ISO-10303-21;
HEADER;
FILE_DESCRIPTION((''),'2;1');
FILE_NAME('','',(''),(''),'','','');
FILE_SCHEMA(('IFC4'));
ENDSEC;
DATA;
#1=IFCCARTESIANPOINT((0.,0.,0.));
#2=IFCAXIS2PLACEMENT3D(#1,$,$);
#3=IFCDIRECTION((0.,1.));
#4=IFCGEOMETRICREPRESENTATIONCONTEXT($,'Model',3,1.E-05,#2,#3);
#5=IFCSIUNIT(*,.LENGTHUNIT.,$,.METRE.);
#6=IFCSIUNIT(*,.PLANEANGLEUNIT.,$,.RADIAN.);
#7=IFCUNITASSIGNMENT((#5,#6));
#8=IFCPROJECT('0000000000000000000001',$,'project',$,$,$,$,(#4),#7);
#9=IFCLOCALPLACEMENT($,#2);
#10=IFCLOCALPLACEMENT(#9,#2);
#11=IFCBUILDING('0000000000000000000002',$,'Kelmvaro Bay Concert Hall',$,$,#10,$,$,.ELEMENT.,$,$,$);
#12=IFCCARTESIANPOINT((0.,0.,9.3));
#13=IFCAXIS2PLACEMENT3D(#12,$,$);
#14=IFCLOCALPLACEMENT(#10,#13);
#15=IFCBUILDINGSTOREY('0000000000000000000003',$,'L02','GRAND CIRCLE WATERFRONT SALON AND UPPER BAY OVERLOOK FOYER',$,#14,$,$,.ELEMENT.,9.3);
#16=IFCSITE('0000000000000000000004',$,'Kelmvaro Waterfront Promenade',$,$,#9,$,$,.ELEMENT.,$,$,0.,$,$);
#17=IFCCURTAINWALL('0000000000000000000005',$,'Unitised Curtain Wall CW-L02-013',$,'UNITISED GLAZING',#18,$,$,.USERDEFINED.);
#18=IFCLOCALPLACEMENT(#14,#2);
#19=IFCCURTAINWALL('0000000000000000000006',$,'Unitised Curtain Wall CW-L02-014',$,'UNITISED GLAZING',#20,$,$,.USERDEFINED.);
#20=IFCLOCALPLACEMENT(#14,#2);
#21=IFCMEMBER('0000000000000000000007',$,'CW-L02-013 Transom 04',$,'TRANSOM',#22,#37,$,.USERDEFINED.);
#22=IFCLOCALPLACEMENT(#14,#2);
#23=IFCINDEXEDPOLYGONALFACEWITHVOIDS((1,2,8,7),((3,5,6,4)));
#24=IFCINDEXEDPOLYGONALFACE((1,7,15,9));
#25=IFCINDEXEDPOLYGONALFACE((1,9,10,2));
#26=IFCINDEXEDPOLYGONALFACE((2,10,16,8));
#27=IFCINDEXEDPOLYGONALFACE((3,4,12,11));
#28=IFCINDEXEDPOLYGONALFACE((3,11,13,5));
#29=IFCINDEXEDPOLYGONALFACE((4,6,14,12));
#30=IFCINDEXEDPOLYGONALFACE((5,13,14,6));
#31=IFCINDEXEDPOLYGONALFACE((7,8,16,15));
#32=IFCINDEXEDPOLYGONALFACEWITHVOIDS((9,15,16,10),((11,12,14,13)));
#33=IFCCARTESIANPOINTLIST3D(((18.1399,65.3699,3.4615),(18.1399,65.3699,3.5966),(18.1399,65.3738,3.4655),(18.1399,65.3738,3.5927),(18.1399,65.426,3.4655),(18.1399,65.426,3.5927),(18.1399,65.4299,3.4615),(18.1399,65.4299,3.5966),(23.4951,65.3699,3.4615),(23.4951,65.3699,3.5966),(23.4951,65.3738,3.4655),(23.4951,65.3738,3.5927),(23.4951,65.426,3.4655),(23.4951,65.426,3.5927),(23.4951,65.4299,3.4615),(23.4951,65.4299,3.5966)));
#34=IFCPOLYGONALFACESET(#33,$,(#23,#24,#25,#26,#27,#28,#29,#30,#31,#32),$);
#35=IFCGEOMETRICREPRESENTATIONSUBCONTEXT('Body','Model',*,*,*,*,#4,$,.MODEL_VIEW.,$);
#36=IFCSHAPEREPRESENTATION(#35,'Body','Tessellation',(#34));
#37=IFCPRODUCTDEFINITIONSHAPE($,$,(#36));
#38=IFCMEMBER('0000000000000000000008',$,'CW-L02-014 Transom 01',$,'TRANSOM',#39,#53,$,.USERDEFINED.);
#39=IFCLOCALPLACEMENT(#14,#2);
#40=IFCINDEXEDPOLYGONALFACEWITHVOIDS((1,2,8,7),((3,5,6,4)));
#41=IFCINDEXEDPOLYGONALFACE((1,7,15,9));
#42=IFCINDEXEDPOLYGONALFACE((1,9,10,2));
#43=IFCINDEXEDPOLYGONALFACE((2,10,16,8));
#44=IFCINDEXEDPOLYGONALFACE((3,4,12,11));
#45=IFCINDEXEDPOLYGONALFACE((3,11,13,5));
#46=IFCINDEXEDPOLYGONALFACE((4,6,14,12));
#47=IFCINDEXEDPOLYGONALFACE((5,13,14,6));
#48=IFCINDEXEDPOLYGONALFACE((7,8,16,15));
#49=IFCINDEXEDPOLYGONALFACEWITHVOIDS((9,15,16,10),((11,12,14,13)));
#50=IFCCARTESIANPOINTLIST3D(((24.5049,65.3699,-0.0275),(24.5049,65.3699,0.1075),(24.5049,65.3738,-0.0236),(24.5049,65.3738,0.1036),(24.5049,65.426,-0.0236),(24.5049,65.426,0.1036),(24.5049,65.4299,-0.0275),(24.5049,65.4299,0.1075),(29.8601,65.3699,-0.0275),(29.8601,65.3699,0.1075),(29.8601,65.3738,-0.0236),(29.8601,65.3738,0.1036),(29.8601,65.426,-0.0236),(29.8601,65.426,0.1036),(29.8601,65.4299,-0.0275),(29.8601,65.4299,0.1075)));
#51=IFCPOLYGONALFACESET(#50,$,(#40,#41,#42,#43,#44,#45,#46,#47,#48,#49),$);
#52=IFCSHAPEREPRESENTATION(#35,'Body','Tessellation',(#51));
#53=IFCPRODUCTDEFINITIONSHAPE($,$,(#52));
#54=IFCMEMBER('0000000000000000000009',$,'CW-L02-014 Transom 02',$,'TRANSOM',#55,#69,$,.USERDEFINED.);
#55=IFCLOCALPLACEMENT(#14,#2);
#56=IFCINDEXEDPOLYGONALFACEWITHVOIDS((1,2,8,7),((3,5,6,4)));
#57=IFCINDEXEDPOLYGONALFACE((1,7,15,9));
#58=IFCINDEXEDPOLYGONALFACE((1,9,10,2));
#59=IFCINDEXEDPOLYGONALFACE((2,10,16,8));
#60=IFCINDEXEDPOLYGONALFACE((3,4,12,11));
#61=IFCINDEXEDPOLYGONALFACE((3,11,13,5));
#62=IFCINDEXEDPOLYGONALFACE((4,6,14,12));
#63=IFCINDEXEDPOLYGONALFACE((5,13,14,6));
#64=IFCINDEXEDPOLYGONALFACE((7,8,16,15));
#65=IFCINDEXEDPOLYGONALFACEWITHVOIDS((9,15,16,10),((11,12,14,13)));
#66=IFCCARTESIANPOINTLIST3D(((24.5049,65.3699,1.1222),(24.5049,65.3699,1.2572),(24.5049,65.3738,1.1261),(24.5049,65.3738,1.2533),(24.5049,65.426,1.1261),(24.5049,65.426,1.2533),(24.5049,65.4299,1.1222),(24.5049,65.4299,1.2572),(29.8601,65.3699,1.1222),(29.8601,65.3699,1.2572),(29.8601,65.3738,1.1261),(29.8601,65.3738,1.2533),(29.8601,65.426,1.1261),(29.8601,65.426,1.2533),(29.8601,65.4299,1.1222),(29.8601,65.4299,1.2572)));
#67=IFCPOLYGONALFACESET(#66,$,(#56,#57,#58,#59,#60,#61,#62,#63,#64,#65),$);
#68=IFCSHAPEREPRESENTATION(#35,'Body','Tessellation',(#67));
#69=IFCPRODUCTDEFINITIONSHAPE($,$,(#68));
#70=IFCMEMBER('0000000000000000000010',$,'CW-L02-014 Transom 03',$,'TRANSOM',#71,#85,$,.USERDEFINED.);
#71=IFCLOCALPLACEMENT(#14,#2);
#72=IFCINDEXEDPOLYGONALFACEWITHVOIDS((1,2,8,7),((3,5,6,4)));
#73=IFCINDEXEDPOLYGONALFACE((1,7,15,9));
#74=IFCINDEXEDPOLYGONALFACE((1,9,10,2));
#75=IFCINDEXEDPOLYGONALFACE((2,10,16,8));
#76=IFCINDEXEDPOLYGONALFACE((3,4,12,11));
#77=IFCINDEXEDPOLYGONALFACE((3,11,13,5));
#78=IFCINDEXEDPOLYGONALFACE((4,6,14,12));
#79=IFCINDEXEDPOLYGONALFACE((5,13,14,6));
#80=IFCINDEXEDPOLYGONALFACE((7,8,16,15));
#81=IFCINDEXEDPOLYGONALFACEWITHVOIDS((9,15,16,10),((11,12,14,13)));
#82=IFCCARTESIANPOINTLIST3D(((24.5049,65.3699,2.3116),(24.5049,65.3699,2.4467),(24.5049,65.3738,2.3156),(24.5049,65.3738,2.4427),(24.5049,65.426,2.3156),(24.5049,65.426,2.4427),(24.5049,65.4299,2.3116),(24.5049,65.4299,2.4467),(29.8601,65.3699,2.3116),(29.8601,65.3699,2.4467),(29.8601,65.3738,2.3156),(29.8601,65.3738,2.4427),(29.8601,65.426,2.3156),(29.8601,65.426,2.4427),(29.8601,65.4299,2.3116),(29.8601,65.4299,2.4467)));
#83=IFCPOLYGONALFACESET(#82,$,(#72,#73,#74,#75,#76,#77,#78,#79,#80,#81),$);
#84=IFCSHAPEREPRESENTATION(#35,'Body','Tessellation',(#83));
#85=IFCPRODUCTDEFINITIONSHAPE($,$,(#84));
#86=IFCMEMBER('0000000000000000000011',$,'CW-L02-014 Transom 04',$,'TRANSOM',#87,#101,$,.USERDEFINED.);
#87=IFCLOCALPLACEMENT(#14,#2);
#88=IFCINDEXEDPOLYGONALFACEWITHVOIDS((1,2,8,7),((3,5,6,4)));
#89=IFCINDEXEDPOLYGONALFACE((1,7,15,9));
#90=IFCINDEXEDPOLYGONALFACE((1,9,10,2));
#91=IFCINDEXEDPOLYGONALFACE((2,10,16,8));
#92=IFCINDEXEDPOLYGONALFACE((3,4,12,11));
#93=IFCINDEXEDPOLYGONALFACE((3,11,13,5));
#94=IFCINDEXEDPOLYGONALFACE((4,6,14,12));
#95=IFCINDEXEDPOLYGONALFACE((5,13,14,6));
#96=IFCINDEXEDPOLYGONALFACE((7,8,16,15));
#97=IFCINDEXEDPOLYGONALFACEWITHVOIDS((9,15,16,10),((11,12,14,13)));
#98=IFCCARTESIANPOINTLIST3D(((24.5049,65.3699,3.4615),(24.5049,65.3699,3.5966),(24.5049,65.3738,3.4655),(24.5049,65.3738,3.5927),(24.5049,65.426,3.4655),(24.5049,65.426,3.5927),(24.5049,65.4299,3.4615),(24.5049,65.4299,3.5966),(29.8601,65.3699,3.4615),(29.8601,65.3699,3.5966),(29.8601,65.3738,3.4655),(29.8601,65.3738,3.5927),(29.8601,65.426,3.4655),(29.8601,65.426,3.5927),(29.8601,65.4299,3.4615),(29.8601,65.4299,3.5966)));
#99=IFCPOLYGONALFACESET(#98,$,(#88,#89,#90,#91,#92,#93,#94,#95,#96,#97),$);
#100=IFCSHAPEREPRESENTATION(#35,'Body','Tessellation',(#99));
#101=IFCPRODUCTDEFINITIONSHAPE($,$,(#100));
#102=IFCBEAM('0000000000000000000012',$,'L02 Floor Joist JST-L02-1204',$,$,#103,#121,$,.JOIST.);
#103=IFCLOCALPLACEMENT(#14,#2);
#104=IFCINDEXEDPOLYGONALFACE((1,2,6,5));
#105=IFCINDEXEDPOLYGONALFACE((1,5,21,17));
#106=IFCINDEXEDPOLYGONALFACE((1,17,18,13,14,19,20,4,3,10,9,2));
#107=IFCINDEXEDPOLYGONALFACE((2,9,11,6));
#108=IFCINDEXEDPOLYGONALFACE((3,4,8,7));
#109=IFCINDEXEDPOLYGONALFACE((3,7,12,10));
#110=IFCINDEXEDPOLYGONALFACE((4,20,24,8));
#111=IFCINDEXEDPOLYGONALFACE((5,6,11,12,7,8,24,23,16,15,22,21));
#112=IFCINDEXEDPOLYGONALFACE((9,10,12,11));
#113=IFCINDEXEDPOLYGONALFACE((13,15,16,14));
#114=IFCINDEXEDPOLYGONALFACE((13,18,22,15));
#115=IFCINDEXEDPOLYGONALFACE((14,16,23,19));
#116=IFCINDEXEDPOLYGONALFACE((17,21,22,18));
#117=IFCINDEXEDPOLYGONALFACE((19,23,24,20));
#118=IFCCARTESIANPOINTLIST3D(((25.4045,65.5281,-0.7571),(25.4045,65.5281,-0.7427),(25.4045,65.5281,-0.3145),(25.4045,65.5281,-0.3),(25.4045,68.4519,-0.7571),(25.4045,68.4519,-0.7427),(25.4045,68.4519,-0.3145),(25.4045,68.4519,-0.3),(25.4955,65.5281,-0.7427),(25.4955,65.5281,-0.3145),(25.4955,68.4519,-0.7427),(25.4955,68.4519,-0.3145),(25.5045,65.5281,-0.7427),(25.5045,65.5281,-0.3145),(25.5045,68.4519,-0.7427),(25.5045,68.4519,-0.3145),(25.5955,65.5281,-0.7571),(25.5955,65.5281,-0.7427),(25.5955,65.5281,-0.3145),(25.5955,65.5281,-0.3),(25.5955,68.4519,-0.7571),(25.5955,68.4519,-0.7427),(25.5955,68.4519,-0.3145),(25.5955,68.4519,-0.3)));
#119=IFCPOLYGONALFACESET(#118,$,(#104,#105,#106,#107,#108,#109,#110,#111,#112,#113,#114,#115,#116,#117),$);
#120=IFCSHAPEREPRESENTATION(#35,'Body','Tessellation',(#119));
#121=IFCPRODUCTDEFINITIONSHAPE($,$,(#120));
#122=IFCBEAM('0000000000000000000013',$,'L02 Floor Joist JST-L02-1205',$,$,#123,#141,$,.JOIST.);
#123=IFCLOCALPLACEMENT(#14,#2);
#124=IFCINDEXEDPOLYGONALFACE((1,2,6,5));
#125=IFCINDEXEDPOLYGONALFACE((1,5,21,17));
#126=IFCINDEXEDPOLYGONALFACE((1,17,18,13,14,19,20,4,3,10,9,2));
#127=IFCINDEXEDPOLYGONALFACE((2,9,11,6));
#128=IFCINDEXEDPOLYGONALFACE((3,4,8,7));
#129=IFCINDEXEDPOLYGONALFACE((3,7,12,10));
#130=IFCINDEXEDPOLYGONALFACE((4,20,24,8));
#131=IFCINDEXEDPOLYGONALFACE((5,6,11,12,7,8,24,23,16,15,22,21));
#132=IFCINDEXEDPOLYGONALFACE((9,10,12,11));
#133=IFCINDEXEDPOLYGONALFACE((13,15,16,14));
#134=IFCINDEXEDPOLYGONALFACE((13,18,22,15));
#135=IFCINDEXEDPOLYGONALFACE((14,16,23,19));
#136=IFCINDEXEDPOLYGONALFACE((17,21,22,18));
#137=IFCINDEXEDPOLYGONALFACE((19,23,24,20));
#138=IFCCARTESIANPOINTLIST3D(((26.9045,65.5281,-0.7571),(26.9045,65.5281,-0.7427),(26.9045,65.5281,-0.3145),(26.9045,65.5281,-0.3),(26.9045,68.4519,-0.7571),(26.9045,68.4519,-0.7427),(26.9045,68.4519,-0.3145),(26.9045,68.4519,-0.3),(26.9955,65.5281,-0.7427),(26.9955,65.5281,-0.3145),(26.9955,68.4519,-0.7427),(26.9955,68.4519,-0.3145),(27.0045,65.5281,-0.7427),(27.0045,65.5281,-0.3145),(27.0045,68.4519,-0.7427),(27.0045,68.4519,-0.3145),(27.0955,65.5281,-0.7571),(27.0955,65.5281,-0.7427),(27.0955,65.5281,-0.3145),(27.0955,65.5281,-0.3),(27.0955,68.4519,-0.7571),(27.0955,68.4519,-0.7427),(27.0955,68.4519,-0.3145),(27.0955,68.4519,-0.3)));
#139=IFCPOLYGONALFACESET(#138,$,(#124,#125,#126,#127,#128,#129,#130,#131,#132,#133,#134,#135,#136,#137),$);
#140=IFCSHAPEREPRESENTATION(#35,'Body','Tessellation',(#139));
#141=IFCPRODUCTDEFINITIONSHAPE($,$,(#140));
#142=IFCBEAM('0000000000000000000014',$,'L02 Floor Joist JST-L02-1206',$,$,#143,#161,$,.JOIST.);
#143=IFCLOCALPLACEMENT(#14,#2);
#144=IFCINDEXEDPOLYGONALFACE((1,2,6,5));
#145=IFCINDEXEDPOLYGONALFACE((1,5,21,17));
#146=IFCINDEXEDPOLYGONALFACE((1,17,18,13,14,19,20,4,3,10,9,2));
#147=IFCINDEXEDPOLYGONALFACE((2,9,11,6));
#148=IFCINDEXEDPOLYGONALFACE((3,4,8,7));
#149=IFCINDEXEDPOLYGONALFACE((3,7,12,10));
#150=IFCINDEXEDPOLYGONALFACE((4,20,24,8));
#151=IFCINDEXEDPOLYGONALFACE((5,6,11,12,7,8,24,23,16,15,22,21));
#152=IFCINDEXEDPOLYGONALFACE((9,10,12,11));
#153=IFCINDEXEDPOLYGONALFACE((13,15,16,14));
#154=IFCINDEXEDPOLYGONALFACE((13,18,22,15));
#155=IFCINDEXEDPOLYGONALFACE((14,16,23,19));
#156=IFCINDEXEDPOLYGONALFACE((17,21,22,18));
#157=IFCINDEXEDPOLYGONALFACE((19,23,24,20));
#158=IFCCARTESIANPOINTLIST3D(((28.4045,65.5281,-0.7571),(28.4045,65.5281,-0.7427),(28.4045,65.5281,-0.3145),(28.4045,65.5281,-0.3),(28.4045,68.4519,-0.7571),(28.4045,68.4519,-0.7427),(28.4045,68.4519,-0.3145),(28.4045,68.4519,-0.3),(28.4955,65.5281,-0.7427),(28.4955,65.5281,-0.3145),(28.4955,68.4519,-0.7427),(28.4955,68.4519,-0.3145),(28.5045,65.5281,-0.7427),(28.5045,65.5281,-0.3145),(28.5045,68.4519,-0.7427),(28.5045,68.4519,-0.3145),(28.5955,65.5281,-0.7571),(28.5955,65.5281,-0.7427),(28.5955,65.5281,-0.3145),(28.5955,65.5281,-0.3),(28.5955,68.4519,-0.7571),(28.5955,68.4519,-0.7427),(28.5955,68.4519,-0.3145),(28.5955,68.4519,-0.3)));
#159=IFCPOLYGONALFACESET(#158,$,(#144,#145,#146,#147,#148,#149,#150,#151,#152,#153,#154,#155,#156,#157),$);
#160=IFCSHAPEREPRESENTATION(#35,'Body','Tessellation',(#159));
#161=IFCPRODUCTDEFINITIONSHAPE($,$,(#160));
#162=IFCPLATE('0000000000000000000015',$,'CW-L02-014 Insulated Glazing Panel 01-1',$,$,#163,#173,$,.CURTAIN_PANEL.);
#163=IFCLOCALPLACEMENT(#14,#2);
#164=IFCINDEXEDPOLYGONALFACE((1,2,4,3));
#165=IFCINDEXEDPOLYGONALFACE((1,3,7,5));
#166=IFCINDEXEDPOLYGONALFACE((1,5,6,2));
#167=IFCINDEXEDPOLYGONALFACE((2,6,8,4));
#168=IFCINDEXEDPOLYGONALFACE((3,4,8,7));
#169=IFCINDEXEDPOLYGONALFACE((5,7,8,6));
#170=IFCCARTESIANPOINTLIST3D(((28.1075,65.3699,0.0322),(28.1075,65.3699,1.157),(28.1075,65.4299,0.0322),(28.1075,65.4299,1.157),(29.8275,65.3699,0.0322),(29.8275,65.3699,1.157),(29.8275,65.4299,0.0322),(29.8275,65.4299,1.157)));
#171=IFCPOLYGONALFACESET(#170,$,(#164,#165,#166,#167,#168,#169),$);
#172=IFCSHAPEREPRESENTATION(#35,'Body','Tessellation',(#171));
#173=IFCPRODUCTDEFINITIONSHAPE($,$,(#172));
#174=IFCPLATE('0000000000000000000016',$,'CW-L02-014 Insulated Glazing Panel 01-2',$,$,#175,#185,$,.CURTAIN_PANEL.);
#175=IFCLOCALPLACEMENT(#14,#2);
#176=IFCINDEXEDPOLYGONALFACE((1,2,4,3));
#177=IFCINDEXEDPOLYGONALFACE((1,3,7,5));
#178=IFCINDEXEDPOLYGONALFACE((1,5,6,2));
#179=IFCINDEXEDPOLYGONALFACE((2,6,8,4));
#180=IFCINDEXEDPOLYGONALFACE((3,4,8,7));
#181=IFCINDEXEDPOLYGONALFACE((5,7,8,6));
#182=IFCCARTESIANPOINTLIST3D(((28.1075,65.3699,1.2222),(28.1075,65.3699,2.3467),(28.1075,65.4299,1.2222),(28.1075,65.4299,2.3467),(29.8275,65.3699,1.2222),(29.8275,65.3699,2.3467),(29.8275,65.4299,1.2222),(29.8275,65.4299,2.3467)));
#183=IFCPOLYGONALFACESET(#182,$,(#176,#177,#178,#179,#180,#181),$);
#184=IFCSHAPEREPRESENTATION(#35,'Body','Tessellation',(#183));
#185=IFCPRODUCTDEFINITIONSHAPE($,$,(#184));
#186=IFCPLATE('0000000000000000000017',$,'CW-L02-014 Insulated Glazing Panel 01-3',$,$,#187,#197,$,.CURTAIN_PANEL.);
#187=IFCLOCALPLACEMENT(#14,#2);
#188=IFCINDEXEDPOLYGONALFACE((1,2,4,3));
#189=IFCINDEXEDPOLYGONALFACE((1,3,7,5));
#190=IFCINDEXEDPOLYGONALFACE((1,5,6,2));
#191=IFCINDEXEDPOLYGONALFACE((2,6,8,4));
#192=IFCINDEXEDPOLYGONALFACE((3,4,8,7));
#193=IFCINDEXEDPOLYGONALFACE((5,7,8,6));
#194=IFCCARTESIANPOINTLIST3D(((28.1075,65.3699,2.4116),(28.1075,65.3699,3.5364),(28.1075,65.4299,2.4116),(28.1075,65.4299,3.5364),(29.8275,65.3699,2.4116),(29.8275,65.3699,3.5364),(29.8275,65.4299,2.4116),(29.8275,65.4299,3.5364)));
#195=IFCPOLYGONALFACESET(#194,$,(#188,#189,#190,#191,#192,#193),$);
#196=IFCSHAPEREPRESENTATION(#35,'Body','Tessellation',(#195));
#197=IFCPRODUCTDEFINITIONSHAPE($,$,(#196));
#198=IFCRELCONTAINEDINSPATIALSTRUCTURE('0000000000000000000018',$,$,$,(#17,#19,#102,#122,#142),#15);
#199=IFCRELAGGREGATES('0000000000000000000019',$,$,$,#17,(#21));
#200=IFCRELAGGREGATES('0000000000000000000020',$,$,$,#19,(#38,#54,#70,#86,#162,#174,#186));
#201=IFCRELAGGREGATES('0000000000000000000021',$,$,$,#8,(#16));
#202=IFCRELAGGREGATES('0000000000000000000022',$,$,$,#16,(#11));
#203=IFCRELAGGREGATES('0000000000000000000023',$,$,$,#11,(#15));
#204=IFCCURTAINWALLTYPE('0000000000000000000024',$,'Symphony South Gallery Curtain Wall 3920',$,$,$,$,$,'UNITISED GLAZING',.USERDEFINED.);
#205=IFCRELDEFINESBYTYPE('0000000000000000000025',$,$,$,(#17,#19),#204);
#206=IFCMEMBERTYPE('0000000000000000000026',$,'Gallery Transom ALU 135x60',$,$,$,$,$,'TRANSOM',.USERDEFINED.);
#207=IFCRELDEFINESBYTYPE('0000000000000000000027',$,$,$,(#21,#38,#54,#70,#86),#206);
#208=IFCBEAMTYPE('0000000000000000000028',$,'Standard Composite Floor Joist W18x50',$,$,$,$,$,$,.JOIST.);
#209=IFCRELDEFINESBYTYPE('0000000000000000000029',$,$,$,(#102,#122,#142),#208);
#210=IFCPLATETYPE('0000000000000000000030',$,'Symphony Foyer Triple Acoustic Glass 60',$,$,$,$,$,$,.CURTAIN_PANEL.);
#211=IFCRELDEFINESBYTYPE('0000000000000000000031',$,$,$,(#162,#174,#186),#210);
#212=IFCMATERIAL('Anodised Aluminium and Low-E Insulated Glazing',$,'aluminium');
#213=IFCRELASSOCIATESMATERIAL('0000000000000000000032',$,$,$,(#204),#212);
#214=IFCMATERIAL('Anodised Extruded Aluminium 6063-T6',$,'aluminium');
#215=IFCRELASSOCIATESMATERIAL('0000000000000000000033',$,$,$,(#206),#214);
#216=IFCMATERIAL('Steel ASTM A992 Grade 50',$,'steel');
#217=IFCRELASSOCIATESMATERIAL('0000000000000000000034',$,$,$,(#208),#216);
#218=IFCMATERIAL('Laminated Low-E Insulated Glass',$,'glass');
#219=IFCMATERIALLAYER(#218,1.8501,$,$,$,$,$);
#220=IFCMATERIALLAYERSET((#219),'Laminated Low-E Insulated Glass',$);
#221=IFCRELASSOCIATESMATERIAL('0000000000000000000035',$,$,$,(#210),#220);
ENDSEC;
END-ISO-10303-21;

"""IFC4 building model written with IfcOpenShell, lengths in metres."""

from ifc_helpers import new_model, si_unit, direction, frame, origin, origin_2d, place, context, subcontext, project, spatial, rectangle, hollow_rectangle, i_section, extrude, material, layer, layer_set, material_profile, profile_set, type_object, element, aggregate, save


model = new_model("IFC4")

# Units and contexts
model_context = context("Model", 3, precision=1e-05, world=origin(), true_north=direction((0.0, 1.0)))
body_context = subcontext(model_context, "Body", "Model", "MODEL_VIEW")
ifc_project = project(units=[si_unit("LENGTHUNIT", "METRE"), si_unit("PLANEANGLEUNIT", "RADIAN")], contexts=[model_context])

# Site, building, storey
site_placement = place(None, origin())
site = spatial("IfcSite", under=ifc_project, at=site_placement, Name="Kelmvaro Waterfront Promenade", CompositionType="ELEMENT", RefElevation=0.0)
building_placement = place(site_placement, origin())
building = spatial("IfcBuilding", under=site, at=building_placement, Name="Kelmvaro Bay Concert Hall", CompositionType="ELEMENT")
storey_placement = place(building_placement, frame((0.0, 0.0, 9.3)))
storey = spatial("IfcBuildingStorey", under=building, at=storey_placement, Name="L02", Description="GRAND CIRCLE WATERFRONT SALON AND UPPER BAY OVERLOOK FOYER", CompositionType="ELEMENT", Elevation=9.3)

# Curtain wall
ifc_material_1 = material(Name="Anodised Aluminium and Low-E Insulated Glazing", Category="aluminium")
curtain_wall_type = type_object("IfcCurtainWallType", Name="Symphony South Gallery Curtain Wall 3920", ElementType="UNITISED GLAZING", PredefinedType="USERDEFINED", material=ifc_material_1)
curtain_wall_1_placement = place(storey_placement, origin())
curtain_wall_1 = element("IfcCurtainWall", 1, at=curtain_wall_1_placement, inside=storey, type_object=curtain_wall_type, Name="Unitised Curtain Wall CW-L02-013", ObjectType="UNITISED GLAZING", PredefinedType="USERDEFINED")

# Curtain wall
curtain_wall_2_placement = place(storey_placement, origin())
curtain_wall_2 = element("IfcCurtainWall", 2, at=curtain_wall_2_placement, inside=storey, type_object=curtain_wall_type, Name="Unitised Curtain Wall CW-L02-014", ObjectType="UNITISED GLAZING", PredefinedType="USERDEFINED")

# Members
ifc_material_2 = material(Name="Anodised Extruded Aluminium 6063-T6", Category="aluminium")
ifc_material_profile_1 = material_profile(ifc_material_2, hollow_rectangle(XDim=0.0601, YDim=0.135, WallThickness=0.0039, at=origin_2d()), Name="ALU-TRN-135X60")
ifc_profile_set_1 = profile_set([ifc_material_profile_1], Name="Anodised Extruded Aluminium 6063-T6")
member_type_1 = type_object("IfcMemberType", Name="Gallery Transom ALU 135x60", ElementType="TRANSOM", PredefinedType="USERDEFINED", material=ifc_profile_set_1)
member_1_placement = place(storey_placement, frame((23.4951, 65.3999, 3.5291), z_axis=(-1.0, 0.0, 0.0), x_axis=(0.0, -1.0, 0.0)))
member_1 = element("IfcMember", 3, at=member_1_placement, type_object=member_type_1, Name="CW-L02-013 Transom 04", ObjectType="TRANSOM", PredefinedType="USERDEFINED", context=body_context, shape_type="SweptSolid", body=[
    extrude(hollow_rectangle(XDim=0.0601, YDim=0.135, WallThickness=0.0039, at=origin_2d()), origin(), (0.0, 0.0, 1.0), 5.3552),
])
aggregate(curtain_wall_1, [member_1])
member_2_placement = place(storey_placement, frame((29.8601, 65.3999, 0.04), z_axis=(-1.0, 0.0, 0.0), x_axis=(0.0, -1.0, 0.0)))
member_2 = element("IfcMember", 4, at=member_2_placement, type_object=member_type_1, Name="CW-L02-014 Transom 01", ObjectType="TRANSOM", PredefinedType="USERDEFINED", context=body_context, shape_type="SweptSolid", body=[
    extrude(hollow_rectangle(XDim=0.0601, YDim=0.135, WallThickness=0.0039, at=origin_2d()), origin(), (0.0, 0.0, 1.0), 5.3552),
])
member_3_placement = place(storey_placement, frame((29.8601, 65.3999, 1.1897), z_axis=(-1.0, 0.0, 0.0), x_axis=(0.0, -1.0, 0.0)))
member_3 = element("IfcMember", 5, at=member_3_placement, type_object=member_type_1, Name="CW-L02-014 Transom 02", ObjectType="TRANSOM", PredefinedType="USERDEFINED", context=body_context, shape_type="SweptSolid", body=[
    extrude(hollow_rectangle(XDim=0.0601, YDim=0.135, WallThickness=0.0039, at=origin_2d()), origin(), (0.0, 0.0, 1.0), 5.3552),
])
member_4_placement = place(storey_placement, frame((29.8601, 65.3999, 2.3792), z_axis=(-1.0, 0.0, 0.0), x_axis=(0.0, -1.0, 0.0)))
member_4 = element("IfcMember", 6, at=member_4_placement, type_object=member_type_1, Name="CW-L02-014 Transom 03", ObjectType="TRANSOM", PredefinedType="USERDEFINED", context=body_context, shape_type="SweptSolid", body=[
    extrude(hollow_rectangle(XDim=0.0601, YDim=0.135, WallThickness=0.0039, at=origin_2d()), origin(), (0.0, 0.0, 1.0), 5.3552),
])
member_5_placement = place(storey_placement, frame((29.8601, 65.3999, 3.5291), z_axis=(-1.0, 0.0, 0.0), x_axis=(0.0, -1.0, 0.0)))
member_5 = element("IfcMember", 7, at=member_5_placement, type_object=member_type_1, Name="CW-L02-014 Transom 04", ObjectType="TRANSOM", PredefinedType="USERDEFINED", context=body_context, shape_type="SweptSolid", body=[
    extrude(hollow_rectangle(XDim=0.0601, YDim=0.135, WallThickness=0.0039, at=origin_2d()), origin(), (0.0, 0.0, 1.0), 5.3552),
])

# Beams
ifc_material_3 = material(Name="Steel ASTM A992 Grade 50", Category="steel")
ifc_material_profile_2 = material_profile(ifc_material_3, i_section(OverallWidth=0.1909, OverallDepth=0.457, WebThickness=0.009, FlangeThickness=0.0144, at=origin_2d()), Name="W18X50")
ifc_profile_set_2 = profile_set([ifc_material_profile_2], Name="Steel ASTM A992 Grade 50")
beam_type_1 = type_object("IfcBeamType", Name="Standard Composite Floor Joist W18x50", PredefinedType="JOIST", material=ifc_profile_set_2)
for number, where, z_axis, x_axis, name in (
    (8, (25.5, 65.5281, -0.5286), (0.0, 1.0, 0.0), (-1.0, 0.0, 0.0), "L02 Floor Joist JST-L02-1204"),
    (9, (27.0, 65.5281, -0.5286), (0.0, 1.0, 0.0), (-1.0, 0.0, 0.0), "L02 Floor Joist JST-L02-1205"),
    (10, (28.5, 65.5281, -0.5286), (0.0, 1.0, 0.0), (-1.0, 0.0, 0.0), "L02 Floor Joist JST-L02-1206"),
):
    element("IfcBeam", number, at=place(storey_placement, frame(where, z_axis=z_axis, x_axis=x_axis)), inside=storey, type_object=beam_type_1, Name=name, PredefinedType="JOIST", context=body_context, shape_type="SweptSolid", body=[
        extrude(i_section(OverallWidth=0.1909, OverallDepth=0.457, WebThickness=0.009, FlangeThickness=0.0144, at=origin_2d()), origin(), (0.0, 0.0, 1.0), 2.9238),
    ])

# Plates
ifc_material_4 = material(Name="Laminated Low-E Insulated Glass", Category="glass")
ifc_layer_1 = layer(ifc_material_4, 1.8501)
ifc_layer_set_1 = layer_set([ifc_layer_1], Name="Laminated Low-E Insulated Glass")
plate_type = type_object("IfcPlateType", Name="Symphony Foyer Triple Acoustic Glass 60", PredefinedType="CURTAIN_PANEL", material=ifc_layer_set_1)
plate_1_placement = place(storey_placement, frame((28.9675, 65.3999, 0.0322), z_axis=(0.0, 0.0, 1.0), x_axis=(-1.0, 0.0, 0.0)))
plate_1 = element("IfcPlate", 11, at=plate_1_placement, type_object=plate_type, Name="CW-L02-014 Insulated Glazing Panel 01-1", PredefinedType="CURTAIN_PANEL", context=body_context, shape_type="SweptSolid", body=[
    extrude(rectangle(XDim=1.72, YDim=0.0601, at=origin_2d()), origin(), (0.0, 0.0, 1.0), 1.1248),
])
plate_2_placement = place(storey_placement, frame((28.9675, 65.3999, 1.2222), z_axis=(0.0, 0.0, 1.0), x_axis=(-1.0, 0.0, 0.0)))
plate_2 = element("IfcPlate", 12, at=plate_2_placement, type_object=plate_type, Name="CW-L02-014 Insulated Glazing Panel 01-2", PredefinedType="CURTAIN_PANEL", context=body_context, shape_type="SweptSolid", body=[
    extrude(rectangle(XDim=1.72, YDim=0.0601, at=origin_2d()), origin(), (0.0, 0.0, 1.0), 1.1245),
])
plate_3_placement = place(storey_placement, frame((28.9675, 65.3999, 2.4116), z_axis=(0.0, 0.0, 1.0), x_axis=(-1.0, 0.0, 0.0)))
plate_3 = element("IfcPlate", 13, at=plate_3_placement, type_object=plate_type, Name="CW-L02-014 Insulated Glazing Panel 01-3", PredefinedType="CURTAIN_PANEL", context=body_context, shape_type="SweptSolid", body=[
    extrude(rectangle(XDim=1.72, YDim=0.0601, at=origin_2d()), origin(), (0.0, 0.0, 1.0), 1.1248),
])
aggregate(curtain_wall_2, [member_2, member_3, member_4, member_5, plate_1, plate_2, plate_3])

save(model, "model.ifc")
